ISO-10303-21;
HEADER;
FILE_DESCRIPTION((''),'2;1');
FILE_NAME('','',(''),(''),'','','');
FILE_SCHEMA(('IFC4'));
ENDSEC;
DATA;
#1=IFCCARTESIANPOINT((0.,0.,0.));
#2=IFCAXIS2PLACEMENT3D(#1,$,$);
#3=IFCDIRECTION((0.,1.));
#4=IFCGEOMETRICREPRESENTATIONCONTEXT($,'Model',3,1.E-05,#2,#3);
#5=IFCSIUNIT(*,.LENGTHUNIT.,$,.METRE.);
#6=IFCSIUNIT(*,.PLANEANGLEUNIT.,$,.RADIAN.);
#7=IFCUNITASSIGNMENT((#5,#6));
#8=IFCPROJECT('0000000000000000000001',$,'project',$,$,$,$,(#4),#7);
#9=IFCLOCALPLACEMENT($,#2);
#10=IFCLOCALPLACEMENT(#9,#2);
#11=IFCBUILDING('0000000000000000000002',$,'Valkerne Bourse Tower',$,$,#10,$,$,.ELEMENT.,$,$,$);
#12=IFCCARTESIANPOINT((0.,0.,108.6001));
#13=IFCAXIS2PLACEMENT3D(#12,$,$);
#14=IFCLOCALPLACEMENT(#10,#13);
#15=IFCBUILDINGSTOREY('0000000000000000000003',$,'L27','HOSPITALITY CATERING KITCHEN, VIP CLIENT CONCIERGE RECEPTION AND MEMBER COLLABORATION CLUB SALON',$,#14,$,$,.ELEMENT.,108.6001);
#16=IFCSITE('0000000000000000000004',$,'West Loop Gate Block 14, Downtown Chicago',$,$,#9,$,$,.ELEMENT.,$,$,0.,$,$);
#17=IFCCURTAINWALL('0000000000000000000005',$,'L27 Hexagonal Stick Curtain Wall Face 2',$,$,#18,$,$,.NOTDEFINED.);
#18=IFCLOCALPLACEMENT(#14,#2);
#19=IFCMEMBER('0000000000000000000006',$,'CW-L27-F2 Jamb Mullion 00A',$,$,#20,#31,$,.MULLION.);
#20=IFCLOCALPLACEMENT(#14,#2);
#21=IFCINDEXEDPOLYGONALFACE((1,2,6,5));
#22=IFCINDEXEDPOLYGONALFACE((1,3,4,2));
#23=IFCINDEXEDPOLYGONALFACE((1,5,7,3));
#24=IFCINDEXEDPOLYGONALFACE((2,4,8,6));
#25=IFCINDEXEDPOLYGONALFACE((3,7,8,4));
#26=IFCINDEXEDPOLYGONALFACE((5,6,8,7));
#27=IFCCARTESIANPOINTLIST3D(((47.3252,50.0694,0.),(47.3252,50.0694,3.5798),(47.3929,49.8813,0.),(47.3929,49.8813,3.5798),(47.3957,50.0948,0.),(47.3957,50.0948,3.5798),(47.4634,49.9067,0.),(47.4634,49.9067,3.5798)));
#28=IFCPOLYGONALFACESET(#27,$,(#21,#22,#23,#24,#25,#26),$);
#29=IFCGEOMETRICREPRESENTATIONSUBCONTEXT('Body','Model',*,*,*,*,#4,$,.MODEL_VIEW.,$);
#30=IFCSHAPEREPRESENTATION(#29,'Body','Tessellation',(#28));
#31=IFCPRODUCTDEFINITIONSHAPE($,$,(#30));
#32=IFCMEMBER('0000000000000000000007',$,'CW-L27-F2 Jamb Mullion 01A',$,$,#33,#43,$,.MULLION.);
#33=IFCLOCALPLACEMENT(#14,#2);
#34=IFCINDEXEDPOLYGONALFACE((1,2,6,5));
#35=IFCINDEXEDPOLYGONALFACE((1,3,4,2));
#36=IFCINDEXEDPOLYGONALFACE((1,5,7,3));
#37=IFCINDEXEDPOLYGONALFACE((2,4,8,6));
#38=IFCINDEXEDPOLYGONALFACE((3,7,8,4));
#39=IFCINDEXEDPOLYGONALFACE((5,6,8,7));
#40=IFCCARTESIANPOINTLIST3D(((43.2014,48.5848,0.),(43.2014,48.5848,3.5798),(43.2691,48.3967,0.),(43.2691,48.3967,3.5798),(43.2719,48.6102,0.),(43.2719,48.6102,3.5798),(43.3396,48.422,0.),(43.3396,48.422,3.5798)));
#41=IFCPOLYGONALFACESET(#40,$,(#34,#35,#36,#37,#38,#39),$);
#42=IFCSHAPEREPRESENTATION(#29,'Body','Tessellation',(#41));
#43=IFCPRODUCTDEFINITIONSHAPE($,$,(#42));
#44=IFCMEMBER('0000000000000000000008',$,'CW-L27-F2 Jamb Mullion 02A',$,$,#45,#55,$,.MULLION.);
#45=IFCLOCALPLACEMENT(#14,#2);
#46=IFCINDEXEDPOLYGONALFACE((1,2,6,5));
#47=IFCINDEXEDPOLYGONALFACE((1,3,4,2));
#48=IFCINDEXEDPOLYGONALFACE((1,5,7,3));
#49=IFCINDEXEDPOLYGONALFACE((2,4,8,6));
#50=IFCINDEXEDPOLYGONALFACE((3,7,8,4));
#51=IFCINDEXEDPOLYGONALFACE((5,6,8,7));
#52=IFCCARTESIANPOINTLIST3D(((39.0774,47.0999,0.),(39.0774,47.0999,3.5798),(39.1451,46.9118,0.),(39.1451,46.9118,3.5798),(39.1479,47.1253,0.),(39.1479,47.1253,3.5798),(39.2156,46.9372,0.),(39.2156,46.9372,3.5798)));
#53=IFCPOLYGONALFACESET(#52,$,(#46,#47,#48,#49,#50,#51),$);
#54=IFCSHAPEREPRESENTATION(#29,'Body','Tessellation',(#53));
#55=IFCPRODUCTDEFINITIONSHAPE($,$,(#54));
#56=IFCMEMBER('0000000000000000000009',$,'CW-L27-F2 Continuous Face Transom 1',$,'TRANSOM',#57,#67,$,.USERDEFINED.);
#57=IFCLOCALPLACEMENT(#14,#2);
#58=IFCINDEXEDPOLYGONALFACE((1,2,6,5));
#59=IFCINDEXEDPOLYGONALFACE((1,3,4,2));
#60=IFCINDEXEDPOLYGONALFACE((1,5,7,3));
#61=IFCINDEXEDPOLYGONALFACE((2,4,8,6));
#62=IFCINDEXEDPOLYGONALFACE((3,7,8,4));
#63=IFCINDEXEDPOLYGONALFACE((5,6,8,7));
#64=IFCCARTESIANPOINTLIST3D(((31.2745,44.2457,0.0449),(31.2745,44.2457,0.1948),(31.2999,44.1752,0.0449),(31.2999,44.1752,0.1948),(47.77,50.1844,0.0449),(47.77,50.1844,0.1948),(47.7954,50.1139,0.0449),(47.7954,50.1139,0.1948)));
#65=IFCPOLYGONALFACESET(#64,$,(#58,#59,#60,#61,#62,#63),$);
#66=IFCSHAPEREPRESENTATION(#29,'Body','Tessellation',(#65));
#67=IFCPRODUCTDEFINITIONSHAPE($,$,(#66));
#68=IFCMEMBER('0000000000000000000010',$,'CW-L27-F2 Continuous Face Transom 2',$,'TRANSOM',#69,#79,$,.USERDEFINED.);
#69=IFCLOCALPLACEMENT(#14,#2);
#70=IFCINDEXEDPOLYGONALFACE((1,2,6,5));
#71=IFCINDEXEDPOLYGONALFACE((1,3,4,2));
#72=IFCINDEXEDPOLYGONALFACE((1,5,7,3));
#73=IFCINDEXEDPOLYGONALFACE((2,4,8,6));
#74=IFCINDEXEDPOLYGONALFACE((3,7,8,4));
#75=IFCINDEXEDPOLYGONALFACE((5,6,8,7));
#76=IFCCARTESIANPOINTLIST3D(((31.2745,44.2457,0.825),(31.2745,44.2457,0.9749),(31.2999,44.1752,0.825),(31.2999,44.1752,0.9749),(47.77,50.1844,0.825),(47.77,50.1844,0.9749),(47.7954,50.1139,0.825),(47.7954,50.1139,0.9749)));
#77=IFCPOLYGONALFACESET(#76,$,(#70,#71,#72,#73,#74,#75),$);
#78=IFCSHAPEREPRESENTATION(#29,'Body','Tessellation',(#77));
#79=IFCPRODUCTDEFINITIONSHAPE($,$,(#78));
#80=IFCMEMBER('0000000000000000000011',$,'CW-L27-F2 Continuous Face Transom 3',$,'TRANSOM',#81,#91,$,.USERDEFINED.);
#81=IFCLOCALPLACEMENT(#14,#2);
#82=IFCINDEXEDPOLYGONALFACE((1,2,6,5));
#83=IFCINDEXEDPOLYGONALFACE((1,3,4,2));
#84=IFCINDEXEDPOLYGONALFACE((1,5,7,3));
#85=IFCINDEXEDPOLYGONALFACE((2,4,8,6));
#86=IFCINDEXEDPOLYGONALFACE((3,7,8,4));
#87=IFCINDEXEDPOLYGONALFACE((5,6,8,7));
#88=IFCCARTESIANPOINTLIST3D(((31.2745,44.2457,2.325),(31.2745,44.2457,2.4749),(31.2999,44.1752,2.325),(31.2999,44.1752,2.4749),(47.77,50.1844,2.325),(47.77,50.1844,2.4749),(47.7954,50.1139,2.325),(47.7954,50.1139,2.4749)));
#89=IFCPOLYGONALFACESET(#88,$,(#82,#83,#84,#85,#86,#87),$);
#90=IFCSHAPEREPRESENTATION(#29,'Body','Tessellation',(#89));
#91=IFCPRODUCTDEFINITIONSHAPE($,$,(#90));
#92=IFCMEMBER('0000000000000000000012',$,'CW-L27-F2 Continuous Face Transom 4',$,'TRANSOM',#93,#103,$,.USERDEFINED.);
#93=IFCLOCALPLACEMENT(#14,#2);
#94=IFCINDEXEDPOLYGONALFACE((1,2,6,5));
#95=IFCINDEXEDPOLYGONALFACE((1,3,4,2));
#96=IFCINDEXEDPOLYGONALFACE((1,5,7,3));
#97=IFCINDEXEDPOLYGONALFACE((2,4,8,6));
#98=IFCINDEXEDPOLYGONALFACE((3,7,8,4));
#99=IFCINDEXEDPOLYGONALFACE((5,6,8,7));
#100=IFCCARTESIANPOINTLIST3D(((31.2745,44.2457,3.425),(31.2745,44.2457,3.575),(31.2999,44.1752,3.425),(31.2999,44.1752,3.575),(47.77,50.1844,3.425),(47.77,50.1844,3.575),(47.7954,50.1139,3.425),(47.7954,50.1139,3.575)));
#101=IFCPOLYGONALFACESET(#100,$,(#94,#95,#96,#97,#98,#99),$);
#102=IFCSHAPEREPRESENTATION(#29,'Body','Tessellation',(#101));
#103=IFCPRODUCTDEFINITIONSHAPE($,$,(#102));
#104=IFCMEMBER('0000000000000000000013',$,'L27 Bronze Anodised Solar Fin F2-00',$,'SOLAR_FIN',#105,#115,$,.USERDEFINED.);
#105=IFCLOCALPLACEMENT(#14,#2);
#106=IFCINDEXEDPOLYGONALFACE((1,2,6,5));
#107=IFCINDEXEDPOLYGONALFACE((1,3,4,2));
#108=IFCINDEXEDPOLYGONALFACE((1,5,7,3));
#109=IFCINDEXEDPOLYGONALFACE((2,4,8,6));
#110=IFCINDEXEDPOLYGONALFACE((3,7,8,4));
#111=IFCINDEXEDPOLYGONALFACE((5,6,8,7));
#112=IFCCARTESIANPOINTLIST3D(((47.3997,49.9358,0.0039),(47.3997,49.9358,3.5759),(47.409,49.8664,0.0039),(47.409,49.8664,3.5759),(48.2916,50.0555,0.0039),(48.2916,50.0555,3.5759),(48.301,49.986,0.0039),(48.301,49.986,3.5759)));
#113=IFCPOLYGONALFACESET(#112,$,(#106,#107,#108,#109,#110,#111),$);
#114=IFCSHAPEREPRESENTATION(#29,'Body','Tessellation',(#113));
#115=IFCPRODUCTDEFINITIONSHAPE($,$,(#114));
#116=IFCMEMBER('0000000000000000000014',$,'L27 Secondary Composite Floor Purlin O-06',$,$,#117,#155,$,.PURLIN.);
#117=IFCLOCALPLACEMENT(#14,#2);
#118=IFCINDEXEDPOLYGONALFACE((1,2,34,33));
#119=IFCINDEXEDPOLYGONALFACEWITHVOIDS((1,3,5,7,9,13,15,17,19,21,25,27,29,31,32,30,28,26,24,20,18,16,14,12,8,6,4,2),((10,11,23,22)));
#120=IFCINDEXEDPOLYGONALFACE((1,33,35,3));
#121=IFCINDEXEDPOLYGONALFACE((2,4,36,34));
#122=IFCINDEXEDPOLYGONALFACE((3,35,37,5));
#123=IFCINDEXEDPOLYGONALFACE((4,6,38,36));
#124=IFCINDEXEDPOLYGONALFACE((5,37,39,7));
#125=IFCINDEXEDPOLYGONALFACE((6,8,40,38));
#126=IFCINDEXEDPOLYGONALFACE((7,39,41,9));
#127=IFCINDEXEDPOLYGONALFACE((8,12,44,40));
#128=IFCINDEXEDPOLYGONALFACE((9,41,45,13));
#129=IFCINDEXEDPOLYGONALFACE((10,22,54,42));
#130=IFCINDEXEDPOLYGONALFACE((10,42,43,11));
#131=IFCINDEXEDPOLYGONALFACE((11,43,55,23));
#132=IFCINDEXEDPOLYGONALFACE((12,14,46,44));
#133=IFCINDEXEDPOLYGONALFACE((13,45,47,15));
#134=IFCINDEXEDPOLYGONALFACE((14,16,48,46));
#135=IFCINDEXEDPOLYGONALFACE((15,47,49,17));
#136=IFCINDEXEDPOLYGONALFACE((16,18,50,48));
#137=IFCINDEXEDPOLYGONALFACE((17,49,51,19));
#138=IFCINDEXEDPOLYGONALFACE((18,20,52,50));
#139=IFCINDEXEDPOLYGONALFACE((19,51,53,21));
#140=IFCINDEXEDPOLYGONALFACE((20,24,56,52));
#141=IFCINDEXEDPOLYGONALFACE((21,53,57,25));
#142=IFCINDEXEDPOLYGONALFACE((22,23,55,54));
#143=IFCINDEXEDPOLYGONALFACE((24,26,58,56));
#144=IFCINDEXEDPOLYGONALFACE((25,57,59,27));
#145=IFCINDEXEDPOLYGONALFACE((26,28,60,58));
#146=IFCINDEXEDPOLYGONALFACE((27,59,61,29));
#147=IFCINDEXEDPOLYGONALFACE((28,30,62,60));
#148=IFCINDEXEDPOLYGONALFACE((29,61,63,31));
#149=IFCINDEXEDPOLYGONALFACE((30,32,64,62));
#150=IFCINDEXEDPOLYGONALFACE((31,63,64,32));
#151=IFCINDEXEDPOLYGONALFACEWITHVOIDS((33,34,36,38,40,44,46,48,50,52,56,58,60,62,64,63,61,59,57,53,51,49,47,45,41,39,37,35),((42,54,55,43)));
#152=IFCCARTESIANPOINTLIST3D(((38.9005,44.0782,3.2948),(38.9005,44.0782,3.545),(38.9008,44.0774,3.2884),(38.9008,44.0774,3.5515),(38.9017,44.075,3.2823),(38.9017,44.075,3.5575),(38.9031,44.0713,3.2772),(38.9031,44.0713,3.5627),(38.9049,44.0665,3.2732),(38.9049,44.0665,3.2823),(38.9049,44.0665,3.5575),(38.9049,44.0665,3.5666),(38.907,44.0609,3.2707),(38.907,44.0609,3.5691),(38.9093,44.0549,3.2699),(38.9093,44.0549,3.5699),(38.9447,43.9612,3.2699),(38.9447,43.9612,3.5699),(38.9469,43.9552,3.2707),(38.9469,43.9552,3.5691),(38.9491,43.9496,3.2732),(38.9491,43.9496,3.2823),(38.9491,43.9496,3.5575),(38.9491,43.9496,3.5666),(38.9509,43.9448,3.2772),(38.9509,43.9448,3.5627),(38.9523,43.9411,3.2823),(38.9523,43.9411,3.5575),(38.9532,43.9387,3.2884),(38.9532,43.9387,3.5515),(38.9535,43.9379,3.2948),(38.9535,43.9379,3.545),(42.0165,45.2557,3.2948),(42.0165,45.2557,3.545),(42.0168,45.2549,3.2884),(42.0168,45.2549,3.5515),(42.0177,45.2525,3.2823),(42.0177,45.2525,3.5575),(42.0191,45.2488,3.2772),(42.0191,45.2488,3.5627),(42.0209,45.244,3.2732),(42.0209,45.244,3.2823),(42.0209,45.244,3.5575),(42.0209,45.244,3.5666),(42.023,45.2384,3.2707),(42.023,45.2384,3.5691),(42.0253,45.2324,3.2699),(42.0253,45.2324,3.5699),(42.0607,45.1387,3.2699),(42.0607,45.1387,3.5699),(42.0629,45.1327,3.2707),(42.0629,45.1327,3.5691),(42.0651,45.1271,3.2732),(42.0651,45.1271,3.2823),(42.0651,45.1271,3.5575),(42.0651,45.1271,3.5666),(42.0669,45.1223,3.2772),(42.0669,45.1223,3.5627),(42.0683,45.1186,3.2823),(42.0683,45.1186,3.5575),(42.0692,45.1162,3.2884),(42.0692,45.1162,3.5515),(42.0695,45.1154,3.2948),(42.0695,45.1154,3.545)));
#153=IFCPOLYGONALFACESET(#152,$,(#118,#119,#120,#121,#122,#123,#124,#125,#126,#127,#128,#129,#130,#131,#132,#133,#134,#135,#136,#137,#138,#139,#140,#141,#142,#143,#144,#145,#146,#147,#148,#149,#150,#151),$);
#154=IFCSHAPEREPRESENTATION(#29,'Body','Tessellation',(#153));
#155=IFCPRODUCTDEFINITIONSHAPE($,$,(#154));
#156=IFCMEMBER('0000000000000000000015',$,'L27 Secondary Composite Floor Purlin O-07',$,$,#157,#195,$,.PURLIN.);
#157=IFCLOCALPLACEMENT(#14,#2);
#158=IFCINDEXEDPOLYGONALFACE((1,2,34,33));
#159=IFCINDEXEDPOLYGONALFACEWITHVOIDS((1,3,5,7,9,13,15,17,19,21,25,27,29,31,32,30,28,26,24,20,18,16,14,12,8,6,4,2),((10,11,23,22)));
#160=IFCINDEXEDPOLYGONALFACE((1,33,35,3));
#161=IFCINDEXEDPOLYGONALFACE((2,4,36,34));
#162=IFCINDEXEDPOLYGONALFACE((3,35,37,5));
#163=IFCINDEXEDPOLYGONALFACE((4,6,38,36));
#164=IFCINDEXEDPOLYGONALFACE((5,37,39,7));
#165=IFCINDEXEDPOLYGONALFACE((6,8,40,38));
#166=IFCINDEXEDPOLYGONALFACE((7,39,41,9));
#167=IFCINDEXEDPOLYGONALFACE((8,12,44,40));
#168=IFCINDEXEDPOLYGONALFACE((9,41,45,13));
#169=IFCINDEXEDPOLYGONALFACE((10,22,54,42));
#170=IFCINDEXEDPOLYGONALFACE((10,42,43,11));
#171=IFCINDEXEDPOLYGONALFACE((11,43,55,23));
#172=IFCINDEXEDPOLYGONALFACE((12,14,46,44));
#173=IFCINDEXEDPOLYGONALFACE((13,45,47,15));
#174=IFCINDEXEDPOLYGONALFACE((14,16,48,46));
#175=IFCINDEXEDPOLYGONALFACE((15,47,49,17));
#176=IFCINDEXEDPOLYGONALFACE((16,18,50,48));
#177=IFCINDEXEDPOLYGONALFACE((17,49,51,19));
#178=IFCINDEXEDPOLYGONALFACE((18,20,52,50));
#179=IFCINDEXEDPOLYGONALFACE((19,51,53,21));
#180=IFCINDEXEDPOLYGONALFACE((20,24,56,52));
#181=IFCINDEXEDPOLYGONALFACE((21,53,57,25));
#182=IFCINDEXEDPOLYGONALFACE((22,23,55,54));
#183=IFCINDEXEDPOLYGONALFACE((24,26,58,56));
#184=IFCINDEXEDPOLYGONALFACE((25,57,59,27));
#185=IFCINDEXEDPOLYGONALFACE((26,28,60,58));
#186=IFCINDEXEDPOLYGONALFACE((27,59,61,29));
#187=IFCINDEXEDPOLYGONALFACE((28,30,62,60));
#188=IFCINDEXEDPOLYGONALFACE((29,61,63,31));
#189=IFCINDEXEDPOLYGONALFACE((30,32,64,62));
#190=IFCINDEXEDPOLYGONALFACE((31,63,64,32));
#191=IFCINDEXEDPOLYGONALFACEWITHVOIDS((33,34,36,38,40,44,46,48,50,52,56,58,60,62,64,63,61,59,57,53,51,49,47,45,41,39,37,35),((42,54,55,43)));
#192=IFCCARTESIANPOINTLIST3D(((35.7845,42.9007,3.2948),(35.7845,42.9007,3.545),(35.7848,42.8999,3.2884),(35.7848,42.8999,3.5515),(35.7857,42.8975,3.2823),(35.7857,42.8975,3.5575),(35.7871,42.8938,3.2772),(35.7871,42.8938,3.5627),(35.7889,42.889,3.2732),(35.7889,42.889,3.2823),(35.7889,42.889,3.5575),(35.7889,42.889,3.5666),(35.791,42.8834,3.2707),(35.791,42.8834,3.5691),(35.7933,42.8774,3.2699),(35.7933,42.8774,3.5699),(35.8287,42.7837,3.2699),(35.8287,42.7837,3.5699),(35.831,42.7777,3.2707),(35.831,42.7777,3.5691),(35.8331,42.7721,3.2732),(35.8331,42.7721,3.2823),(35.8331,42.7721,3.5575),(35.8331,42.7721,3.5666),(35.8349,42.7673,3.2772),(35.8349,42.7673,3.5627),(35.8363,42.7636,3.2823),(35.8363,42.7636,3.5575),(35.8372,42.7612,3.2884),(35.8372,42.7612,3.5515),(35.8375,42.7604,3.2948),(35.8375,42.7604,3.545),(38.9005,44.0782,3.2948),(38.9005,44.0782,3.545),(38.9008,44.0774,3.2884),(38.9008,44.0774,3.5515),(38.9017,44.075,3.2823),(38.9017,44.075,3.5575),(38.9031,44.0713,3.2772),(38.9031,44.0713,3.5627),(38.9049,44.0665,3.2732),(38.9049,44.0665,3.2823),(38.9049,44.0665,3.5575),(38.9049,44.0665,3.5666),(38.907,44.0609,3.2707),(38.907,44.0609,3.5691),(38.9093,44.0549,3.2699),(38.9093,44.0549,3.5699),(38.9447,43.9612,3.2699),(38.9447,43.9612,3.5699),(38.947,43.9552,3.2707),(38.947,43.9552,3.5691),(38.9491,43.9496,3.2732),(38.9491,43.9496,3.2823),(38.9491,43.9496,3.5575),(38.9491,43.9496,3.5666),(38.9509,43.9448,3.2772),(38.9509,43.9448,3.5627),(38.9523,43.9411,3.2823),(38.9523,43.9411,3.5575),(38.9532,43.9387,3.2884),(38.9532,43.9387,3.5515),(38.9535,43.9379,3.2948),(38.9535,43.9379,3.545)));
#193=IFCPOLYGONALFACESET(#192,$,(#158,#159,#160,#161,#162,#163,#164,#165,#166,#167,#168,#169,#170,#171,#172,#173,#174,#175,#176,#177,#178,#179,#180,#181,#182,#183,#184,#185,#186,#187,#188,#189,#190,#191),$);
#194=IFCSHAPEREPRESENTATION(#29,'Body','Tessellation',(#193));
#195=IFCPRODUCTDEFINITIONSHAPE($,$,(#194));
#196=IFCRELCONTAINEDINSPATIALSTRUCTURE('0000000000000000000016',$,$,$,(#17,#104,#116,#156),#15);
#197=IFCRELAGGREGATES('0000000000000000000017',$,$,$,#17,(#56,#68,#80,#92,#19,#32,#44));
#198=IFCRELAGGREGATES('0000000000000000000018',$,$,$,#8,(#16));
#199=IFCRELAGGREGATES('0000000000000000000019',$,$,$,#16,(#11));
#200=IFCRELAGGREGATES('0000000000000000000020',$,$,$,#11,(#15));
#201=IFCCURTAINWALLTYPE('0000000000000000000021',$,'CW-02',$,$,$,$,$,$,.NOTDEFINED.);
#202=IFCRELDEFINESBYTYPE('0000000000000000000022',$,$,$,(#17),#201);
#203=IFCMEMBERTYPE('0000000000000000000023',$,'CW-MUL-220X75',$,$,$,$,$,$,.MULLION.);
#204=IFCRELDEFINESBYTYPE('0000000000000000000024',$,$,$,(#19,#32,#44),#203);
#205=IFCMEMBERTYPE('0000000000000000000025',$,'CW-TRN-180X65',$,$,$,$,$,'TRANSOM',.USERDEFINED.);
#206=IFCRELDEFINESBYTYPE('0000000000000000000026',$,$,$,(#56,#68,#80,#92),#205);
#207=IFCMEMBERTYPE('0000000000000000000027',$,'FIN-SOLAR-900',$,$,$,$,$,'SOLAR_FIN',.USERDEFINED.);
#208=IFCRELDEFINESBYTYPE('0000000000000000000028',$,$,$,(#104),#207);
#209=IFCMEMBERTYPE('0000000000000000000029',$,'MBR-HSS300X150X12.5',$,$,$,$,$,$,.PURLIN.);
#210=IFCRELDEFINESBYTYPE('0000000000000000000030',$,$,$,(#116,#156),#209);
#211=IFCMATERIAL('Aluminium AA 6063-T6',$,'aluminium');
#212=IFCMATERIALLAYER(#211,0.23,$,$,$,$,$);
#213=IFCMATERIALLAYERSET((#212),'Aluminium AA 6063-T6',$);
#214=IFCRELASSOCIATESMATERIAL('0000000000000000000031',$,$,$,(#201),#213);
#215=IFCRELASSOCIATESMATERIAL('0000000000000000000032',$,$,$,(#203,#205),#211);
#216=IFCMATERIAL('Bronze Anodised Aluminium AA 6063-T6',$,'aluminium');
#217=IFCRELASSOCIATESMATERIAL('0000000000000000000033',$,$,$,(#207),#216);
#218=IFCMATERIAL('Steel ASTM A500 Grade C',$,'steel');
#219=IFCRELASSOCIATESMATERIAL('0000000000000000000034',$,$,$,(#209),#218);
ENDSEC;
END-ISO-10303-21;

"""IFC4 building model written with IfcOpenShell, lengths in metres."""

from ifc_helpers import new_model, si_unit, direction, frame, origin, origin_2d, place, context, subcontext, project, spatial, rectangle, hollow_rectangle, extrude, material, layer, layer_set, material_profile, profile_set, type_object, element, aggregate, save


model = new_model("IFC4")

# Units and contexts
model_context = context("Model", 3, precision=1e-05, world=origin(), true_north=direction((0.0, 1.0)))
body_context = subcontext(model_context, "Body", "Model", "MODEL_VIEW")
ifc_project = project(units=[si_unit("LENGTHUNIT", "METRE"), si_unit("PLANEANGLEUNIT", "RADIAN")], contexts=[model_context])

# Site, building, storey
site_placement = place(None, origin())
site = spatial("IfcSite", under=ifc_project, at=site_placement, Name="West Loop Gate Block 14, Downtown Chicago", CompositionType="ELEMENT", RefElevation=0.0)
building_placement = place(site_placement, origin())
building = spatial("IfcBuilding", under=site, at=building_placement, Name="Valkerne Bourse Tower", CompositionType="ELEMENT")
storey_placement = place(building_placement, frame((0.0, 0.0, 108.6001)))
storey = spatial("IfcBuildingStorey", under=building, at=storey_placement, Name="L27", Description="HOSPITALITY CATERING KITCHEN, VIP CLIENT CONCIERGE RECEPTION AND MEMBER COLLABORATION CLUB SALON", CompositionType="ELEMENT", Elevation=108.6001)

# Curtain wall, members
ifc_material_1 = material(Name="Aluminium AA 6063-T6", Category="aluminium")
ifc_layer_1 = layer(ifc_material_1, 0.23)
ifc_layer_set_1 = layer_set([ifc_layer_1], Name="Aluminium AA 6063-T6")
curtain_wall_type = type_object("IfcCurtainWallType", Name="CW-02", PredefinedType="NOTDEFINED", material=ifc_layer_set_1)
curtain_wall_placement = place(storey_placement, origin())
curtain_wall = element("IfcCurtainWall", 1, at=curtain_wall_placement, inside=storey, type_object=curtain_wall_type, Name="L27 Hexagonal Stick Curtain Wall Face 2", PredefinedType="NOTDEFINED")
ifc_material_profile_1 = material_profile(ifc_material_1, rectangle(XDim=0.075, YDim=0.2, at=origin_2d()), Name="CWM-75X200")
ifc_profile_set_1 = profile_set([ifc_material_profile_1], Name="Aluminium AA 6063-T6")
member_type_1 = type_object("IfcMemberType", Name="CW-MUL-220X75", PredefinedType="MULLION", material=ifc_profile_set_1)
member_1_placement = place(storey_placement, frame((47.3943, 49.988, 0.0), z_axis=(0.0, 0.0, 1.0), x_axis=(-0.94088, -0.338739, 0.0)))
member_1 = element("IfcMember", 2, at=member_1_placement, type_object=member_type_1, Name="CW-L27-F2 Jamb Mullion 00A", PredefinedType="MULLION", context=body_context, shape_type="SweptSolid", body=[
    extrude(rectangle(XDim=0.075, YDim=0.2, at=origin_2d()), origin(), (0.0, 0.0, 1.0), 3.5798),
])
member_2_placement = place(storey_placement, frame((43.2705, 48.5034, 0.0), z_axis=(0.0, 0.0, 1.0), x_axis=(-0.94088, -0.338739, 0.0)))
member_2 = element("IfcMember", 3, at=member_2_placement, type_object=member_type_1, Name="CW-L27-F2 Jamb Mullion 01A", PredefinedType="MULLION", context=body_context, shape_type="SweptSolid", body=[
    extrude(rectangle(XDim=0.075, YDim=0.2, at=origin_2d()), origin(), (0.0, 0.0, 1.0), 3.5798),
])
member_3_placement = place(storey_placement, frame((39.1465, 47.0186, 0.0), z_axis=(0.0, 0.0, 1.0), x_axis=(-0.94088, -0.338739, 0.0)))
member_3 = element("IfcMember", 4, at=member_3_placement, type_object=member_type_1, Name="CW-L27-F2 Jamb Mullion 02A", PredefinedType="MULLION", context=body_context, shape_type="SweptSolid", body=[
    extrude(rectangle(XDim=0.075, YDim=0.2, at=origin_2d()), origin(), (0.0, 0.0, 1.0), 3.5798),
])
ifc_material_profile_2 = material_profile(ifc_material_1, rectangle(XDim=0.075, YDim=0.1499, at=origin_2d()), Name="CWT-75X150")
ifc_profile_set_2 = profile_set([ifc_material_profile_2], Name="Aluminium AA 6063-T6")
member_type_2 = type_object("IfcMemberType", Name="CW-TRN-180X65", ElementType="TRANSOM", PredefinedType="USERDEFINED", material=ifc_profile_set_2)
member_4_placement = place(storey_placement, frame((47.7827, 50.1492, 0.1199), z_axis=(-0.940882, -0.338735, 0.0), x_axis=(0.338735, -0.940882, 0.0)))
member_4 = element("IfcMember", 5, at=member_4_placement, type_object=member_type_2, Name="CW-L27-F2 Continuous Face Transom 1", ObjectType="TRANSOM", PredefinedType="USERDEFINED", context=body_context, shape_type="SweptSolid", body=[
    extrude(rectangle(XDim=0.075, YDim=0.1499, at=origin_2d()), origin(), (0.0, 0.0, 1.0), 17.532),
])
member_5_placement = place(storey_placement, frame((47.7827, 50.1492, 0.8999), z_axis=(-0.940882, -0.338735, 0.0), x_axis=(0.338735, -0.940882, 0.0)))
member_5 = element("IfcMember", 6, at=member_5_placement, type_object=member_type_2, Name="CW-L27-F2 Continuous Face Transom 2", ObjectType="TRANSOM", PredefinedType="USERDEFINED", context=body_context, shape_type="SweptSolid", body=[
    extrude(rectangle(XDim=0.075, YDim=0.1499, at=origin_2d()), origin(), (0.0, 0.0, 1.0), 17.532),
])
member_6_placement = place(storey_placement, frame((47.7827, 50.1492, 2.3999), z_axis=(-0.940882, -0.338735, 0.0), x_axis=(0.338735, -0.940882, 0.0)))
member_6 = element("IfcMember", 7, at=member_6_placement, type_object=member_type_2, Name="CW-L27-F2 Continuous Face Transom 3", ObjectType="TRANSOM", PredefinedType="USERDEFINED", context=body_context, shape_type="SweptSolid", body=[
    extrude(rectangle(XDim=0.075, YDim=0.1499, at=origin_2d()), origin(), (0.0, 0.0, 1.0), 17.532),
])
member_7_placement = place(storey_placement, frame((47.7827, 50.1492, 3.5), z_axis=(-0.940882, -0.338735, 0.0), x_axis=(0.338735, -0.940882, 0.0)))
member_7 = element("IfcMember", 8, at=member_7_placement, type_object=member_type_2, Name="CW-L27-F2 Continuous Face Transom 4", ObjectType="TRANSOM", PredefinedType="USERDEFINED", context=body_context, shape_type="SweptSolid", body=[
    extrude(rectangle(XDim=0.075, YDim=0.1499, at=origin_2d()), origin(), (0.0, 0.0, 1.0), 17.532),
])

# Members
ifc_material_2 = material(Name="Bronze Anodised Aluminium AA 6063-T6", Category="aluminium")
ifc_material_profile_3 = material_profile(ifc_material_2, rectangle(XDim=0.0701, YDim=0.8999, at=origin_2d()), Name="FIN-70X900")
ifc_profile_set_3 = profile_set([ifc_material_profile_3], Name="Bronze Anodised Aluminium AA 6063-T6")
member_type_3 = type_object("IfcMemberType", Name="FIN-SOLAR-900", ElementType="SOLAR_FIN", PredefinedType="USERDEFINED", material=ifc_profile_set_3)
member_8_placement = place(storey_placement, frame((47.8503, 49.9609, 0.0039), z_axis=(0.0, 0.0, 1.0), x_axis=(-0.132935, 0.991125, 0.0)))
element("IfcMember", 9, at=member_8_placement, inside=storey, type_object=member_type_3, Name="L27 Bronze Anodised Solar Fin F2-00", ObjectType="SOLAR_FIN", PredefinedType="USERDEFINED", context=body_context, shape_type="SweptSolid", body=[
    extrude(rectangle(XDim=0.0701, YDim=0.8999, at=origin_2d()), origin(), (0.0, 0.0, 1.0), 3.572),
])
ifc_material_3 = material(Name="Steel ASTM A500 Grade C", Category="steel")
ifc_material_profile_4 = material_profile(ifc_material_3, hollow_rectangle(XDim=0.1499, YDim=0.3, WallThickness=0.0125, OuterFilletRadius=0.0249, at=origin_2d()), Name="HSS300X150X12.5")
ifc_profile_set_4 = profile_set([ifc_material_profile_4], Name="Steel ASTM A500 Grade C")
member_type_4 = type_object("IfcMemberType", Name="MBR-HSS300X150X12.5", PredefinedType="PURLIN", material=ifc_profile_set_4)
for number, where, z_axis, x_axis, name in (
    (10, (42.043, 45.1855, 3.4199), (-0.935438, -0.353492, 0.0), (0.353492, -0.935438, 0.0), "L27 Secondary Composite Floor Purlin O-06"),
    (11, (38.927, 44.0081, 3.4199), (-0.935438, -0.353492, 0.0), (0.353492, -0.935438, 0.0), "L27 Secondary Composite Floor Purlin O-07"),
):
    element("IfcMember", number, at=place(storey_placement, frame(where, z_axis=z_axis, x_axis=x_axis)), inside=storey, type_object=member_type_4, Name=name, PredefinedType="PURLIN", context=body_context, shape_type="SweptSolid", body=[
        extrude(hollow_rectangle(XDim=0.1499, YDim=0.3, WallThickness=0.0125, OuterFilletRadius=0.0249, at=origin_2d()), origin(), (0.0, 0.0, 1.0), 3.3311),
    ])

aggregate(curtain_wall, [member_4, member_5, member_6, member_7, member_1, member_2, member_3])

save(model, "model.ifc")
